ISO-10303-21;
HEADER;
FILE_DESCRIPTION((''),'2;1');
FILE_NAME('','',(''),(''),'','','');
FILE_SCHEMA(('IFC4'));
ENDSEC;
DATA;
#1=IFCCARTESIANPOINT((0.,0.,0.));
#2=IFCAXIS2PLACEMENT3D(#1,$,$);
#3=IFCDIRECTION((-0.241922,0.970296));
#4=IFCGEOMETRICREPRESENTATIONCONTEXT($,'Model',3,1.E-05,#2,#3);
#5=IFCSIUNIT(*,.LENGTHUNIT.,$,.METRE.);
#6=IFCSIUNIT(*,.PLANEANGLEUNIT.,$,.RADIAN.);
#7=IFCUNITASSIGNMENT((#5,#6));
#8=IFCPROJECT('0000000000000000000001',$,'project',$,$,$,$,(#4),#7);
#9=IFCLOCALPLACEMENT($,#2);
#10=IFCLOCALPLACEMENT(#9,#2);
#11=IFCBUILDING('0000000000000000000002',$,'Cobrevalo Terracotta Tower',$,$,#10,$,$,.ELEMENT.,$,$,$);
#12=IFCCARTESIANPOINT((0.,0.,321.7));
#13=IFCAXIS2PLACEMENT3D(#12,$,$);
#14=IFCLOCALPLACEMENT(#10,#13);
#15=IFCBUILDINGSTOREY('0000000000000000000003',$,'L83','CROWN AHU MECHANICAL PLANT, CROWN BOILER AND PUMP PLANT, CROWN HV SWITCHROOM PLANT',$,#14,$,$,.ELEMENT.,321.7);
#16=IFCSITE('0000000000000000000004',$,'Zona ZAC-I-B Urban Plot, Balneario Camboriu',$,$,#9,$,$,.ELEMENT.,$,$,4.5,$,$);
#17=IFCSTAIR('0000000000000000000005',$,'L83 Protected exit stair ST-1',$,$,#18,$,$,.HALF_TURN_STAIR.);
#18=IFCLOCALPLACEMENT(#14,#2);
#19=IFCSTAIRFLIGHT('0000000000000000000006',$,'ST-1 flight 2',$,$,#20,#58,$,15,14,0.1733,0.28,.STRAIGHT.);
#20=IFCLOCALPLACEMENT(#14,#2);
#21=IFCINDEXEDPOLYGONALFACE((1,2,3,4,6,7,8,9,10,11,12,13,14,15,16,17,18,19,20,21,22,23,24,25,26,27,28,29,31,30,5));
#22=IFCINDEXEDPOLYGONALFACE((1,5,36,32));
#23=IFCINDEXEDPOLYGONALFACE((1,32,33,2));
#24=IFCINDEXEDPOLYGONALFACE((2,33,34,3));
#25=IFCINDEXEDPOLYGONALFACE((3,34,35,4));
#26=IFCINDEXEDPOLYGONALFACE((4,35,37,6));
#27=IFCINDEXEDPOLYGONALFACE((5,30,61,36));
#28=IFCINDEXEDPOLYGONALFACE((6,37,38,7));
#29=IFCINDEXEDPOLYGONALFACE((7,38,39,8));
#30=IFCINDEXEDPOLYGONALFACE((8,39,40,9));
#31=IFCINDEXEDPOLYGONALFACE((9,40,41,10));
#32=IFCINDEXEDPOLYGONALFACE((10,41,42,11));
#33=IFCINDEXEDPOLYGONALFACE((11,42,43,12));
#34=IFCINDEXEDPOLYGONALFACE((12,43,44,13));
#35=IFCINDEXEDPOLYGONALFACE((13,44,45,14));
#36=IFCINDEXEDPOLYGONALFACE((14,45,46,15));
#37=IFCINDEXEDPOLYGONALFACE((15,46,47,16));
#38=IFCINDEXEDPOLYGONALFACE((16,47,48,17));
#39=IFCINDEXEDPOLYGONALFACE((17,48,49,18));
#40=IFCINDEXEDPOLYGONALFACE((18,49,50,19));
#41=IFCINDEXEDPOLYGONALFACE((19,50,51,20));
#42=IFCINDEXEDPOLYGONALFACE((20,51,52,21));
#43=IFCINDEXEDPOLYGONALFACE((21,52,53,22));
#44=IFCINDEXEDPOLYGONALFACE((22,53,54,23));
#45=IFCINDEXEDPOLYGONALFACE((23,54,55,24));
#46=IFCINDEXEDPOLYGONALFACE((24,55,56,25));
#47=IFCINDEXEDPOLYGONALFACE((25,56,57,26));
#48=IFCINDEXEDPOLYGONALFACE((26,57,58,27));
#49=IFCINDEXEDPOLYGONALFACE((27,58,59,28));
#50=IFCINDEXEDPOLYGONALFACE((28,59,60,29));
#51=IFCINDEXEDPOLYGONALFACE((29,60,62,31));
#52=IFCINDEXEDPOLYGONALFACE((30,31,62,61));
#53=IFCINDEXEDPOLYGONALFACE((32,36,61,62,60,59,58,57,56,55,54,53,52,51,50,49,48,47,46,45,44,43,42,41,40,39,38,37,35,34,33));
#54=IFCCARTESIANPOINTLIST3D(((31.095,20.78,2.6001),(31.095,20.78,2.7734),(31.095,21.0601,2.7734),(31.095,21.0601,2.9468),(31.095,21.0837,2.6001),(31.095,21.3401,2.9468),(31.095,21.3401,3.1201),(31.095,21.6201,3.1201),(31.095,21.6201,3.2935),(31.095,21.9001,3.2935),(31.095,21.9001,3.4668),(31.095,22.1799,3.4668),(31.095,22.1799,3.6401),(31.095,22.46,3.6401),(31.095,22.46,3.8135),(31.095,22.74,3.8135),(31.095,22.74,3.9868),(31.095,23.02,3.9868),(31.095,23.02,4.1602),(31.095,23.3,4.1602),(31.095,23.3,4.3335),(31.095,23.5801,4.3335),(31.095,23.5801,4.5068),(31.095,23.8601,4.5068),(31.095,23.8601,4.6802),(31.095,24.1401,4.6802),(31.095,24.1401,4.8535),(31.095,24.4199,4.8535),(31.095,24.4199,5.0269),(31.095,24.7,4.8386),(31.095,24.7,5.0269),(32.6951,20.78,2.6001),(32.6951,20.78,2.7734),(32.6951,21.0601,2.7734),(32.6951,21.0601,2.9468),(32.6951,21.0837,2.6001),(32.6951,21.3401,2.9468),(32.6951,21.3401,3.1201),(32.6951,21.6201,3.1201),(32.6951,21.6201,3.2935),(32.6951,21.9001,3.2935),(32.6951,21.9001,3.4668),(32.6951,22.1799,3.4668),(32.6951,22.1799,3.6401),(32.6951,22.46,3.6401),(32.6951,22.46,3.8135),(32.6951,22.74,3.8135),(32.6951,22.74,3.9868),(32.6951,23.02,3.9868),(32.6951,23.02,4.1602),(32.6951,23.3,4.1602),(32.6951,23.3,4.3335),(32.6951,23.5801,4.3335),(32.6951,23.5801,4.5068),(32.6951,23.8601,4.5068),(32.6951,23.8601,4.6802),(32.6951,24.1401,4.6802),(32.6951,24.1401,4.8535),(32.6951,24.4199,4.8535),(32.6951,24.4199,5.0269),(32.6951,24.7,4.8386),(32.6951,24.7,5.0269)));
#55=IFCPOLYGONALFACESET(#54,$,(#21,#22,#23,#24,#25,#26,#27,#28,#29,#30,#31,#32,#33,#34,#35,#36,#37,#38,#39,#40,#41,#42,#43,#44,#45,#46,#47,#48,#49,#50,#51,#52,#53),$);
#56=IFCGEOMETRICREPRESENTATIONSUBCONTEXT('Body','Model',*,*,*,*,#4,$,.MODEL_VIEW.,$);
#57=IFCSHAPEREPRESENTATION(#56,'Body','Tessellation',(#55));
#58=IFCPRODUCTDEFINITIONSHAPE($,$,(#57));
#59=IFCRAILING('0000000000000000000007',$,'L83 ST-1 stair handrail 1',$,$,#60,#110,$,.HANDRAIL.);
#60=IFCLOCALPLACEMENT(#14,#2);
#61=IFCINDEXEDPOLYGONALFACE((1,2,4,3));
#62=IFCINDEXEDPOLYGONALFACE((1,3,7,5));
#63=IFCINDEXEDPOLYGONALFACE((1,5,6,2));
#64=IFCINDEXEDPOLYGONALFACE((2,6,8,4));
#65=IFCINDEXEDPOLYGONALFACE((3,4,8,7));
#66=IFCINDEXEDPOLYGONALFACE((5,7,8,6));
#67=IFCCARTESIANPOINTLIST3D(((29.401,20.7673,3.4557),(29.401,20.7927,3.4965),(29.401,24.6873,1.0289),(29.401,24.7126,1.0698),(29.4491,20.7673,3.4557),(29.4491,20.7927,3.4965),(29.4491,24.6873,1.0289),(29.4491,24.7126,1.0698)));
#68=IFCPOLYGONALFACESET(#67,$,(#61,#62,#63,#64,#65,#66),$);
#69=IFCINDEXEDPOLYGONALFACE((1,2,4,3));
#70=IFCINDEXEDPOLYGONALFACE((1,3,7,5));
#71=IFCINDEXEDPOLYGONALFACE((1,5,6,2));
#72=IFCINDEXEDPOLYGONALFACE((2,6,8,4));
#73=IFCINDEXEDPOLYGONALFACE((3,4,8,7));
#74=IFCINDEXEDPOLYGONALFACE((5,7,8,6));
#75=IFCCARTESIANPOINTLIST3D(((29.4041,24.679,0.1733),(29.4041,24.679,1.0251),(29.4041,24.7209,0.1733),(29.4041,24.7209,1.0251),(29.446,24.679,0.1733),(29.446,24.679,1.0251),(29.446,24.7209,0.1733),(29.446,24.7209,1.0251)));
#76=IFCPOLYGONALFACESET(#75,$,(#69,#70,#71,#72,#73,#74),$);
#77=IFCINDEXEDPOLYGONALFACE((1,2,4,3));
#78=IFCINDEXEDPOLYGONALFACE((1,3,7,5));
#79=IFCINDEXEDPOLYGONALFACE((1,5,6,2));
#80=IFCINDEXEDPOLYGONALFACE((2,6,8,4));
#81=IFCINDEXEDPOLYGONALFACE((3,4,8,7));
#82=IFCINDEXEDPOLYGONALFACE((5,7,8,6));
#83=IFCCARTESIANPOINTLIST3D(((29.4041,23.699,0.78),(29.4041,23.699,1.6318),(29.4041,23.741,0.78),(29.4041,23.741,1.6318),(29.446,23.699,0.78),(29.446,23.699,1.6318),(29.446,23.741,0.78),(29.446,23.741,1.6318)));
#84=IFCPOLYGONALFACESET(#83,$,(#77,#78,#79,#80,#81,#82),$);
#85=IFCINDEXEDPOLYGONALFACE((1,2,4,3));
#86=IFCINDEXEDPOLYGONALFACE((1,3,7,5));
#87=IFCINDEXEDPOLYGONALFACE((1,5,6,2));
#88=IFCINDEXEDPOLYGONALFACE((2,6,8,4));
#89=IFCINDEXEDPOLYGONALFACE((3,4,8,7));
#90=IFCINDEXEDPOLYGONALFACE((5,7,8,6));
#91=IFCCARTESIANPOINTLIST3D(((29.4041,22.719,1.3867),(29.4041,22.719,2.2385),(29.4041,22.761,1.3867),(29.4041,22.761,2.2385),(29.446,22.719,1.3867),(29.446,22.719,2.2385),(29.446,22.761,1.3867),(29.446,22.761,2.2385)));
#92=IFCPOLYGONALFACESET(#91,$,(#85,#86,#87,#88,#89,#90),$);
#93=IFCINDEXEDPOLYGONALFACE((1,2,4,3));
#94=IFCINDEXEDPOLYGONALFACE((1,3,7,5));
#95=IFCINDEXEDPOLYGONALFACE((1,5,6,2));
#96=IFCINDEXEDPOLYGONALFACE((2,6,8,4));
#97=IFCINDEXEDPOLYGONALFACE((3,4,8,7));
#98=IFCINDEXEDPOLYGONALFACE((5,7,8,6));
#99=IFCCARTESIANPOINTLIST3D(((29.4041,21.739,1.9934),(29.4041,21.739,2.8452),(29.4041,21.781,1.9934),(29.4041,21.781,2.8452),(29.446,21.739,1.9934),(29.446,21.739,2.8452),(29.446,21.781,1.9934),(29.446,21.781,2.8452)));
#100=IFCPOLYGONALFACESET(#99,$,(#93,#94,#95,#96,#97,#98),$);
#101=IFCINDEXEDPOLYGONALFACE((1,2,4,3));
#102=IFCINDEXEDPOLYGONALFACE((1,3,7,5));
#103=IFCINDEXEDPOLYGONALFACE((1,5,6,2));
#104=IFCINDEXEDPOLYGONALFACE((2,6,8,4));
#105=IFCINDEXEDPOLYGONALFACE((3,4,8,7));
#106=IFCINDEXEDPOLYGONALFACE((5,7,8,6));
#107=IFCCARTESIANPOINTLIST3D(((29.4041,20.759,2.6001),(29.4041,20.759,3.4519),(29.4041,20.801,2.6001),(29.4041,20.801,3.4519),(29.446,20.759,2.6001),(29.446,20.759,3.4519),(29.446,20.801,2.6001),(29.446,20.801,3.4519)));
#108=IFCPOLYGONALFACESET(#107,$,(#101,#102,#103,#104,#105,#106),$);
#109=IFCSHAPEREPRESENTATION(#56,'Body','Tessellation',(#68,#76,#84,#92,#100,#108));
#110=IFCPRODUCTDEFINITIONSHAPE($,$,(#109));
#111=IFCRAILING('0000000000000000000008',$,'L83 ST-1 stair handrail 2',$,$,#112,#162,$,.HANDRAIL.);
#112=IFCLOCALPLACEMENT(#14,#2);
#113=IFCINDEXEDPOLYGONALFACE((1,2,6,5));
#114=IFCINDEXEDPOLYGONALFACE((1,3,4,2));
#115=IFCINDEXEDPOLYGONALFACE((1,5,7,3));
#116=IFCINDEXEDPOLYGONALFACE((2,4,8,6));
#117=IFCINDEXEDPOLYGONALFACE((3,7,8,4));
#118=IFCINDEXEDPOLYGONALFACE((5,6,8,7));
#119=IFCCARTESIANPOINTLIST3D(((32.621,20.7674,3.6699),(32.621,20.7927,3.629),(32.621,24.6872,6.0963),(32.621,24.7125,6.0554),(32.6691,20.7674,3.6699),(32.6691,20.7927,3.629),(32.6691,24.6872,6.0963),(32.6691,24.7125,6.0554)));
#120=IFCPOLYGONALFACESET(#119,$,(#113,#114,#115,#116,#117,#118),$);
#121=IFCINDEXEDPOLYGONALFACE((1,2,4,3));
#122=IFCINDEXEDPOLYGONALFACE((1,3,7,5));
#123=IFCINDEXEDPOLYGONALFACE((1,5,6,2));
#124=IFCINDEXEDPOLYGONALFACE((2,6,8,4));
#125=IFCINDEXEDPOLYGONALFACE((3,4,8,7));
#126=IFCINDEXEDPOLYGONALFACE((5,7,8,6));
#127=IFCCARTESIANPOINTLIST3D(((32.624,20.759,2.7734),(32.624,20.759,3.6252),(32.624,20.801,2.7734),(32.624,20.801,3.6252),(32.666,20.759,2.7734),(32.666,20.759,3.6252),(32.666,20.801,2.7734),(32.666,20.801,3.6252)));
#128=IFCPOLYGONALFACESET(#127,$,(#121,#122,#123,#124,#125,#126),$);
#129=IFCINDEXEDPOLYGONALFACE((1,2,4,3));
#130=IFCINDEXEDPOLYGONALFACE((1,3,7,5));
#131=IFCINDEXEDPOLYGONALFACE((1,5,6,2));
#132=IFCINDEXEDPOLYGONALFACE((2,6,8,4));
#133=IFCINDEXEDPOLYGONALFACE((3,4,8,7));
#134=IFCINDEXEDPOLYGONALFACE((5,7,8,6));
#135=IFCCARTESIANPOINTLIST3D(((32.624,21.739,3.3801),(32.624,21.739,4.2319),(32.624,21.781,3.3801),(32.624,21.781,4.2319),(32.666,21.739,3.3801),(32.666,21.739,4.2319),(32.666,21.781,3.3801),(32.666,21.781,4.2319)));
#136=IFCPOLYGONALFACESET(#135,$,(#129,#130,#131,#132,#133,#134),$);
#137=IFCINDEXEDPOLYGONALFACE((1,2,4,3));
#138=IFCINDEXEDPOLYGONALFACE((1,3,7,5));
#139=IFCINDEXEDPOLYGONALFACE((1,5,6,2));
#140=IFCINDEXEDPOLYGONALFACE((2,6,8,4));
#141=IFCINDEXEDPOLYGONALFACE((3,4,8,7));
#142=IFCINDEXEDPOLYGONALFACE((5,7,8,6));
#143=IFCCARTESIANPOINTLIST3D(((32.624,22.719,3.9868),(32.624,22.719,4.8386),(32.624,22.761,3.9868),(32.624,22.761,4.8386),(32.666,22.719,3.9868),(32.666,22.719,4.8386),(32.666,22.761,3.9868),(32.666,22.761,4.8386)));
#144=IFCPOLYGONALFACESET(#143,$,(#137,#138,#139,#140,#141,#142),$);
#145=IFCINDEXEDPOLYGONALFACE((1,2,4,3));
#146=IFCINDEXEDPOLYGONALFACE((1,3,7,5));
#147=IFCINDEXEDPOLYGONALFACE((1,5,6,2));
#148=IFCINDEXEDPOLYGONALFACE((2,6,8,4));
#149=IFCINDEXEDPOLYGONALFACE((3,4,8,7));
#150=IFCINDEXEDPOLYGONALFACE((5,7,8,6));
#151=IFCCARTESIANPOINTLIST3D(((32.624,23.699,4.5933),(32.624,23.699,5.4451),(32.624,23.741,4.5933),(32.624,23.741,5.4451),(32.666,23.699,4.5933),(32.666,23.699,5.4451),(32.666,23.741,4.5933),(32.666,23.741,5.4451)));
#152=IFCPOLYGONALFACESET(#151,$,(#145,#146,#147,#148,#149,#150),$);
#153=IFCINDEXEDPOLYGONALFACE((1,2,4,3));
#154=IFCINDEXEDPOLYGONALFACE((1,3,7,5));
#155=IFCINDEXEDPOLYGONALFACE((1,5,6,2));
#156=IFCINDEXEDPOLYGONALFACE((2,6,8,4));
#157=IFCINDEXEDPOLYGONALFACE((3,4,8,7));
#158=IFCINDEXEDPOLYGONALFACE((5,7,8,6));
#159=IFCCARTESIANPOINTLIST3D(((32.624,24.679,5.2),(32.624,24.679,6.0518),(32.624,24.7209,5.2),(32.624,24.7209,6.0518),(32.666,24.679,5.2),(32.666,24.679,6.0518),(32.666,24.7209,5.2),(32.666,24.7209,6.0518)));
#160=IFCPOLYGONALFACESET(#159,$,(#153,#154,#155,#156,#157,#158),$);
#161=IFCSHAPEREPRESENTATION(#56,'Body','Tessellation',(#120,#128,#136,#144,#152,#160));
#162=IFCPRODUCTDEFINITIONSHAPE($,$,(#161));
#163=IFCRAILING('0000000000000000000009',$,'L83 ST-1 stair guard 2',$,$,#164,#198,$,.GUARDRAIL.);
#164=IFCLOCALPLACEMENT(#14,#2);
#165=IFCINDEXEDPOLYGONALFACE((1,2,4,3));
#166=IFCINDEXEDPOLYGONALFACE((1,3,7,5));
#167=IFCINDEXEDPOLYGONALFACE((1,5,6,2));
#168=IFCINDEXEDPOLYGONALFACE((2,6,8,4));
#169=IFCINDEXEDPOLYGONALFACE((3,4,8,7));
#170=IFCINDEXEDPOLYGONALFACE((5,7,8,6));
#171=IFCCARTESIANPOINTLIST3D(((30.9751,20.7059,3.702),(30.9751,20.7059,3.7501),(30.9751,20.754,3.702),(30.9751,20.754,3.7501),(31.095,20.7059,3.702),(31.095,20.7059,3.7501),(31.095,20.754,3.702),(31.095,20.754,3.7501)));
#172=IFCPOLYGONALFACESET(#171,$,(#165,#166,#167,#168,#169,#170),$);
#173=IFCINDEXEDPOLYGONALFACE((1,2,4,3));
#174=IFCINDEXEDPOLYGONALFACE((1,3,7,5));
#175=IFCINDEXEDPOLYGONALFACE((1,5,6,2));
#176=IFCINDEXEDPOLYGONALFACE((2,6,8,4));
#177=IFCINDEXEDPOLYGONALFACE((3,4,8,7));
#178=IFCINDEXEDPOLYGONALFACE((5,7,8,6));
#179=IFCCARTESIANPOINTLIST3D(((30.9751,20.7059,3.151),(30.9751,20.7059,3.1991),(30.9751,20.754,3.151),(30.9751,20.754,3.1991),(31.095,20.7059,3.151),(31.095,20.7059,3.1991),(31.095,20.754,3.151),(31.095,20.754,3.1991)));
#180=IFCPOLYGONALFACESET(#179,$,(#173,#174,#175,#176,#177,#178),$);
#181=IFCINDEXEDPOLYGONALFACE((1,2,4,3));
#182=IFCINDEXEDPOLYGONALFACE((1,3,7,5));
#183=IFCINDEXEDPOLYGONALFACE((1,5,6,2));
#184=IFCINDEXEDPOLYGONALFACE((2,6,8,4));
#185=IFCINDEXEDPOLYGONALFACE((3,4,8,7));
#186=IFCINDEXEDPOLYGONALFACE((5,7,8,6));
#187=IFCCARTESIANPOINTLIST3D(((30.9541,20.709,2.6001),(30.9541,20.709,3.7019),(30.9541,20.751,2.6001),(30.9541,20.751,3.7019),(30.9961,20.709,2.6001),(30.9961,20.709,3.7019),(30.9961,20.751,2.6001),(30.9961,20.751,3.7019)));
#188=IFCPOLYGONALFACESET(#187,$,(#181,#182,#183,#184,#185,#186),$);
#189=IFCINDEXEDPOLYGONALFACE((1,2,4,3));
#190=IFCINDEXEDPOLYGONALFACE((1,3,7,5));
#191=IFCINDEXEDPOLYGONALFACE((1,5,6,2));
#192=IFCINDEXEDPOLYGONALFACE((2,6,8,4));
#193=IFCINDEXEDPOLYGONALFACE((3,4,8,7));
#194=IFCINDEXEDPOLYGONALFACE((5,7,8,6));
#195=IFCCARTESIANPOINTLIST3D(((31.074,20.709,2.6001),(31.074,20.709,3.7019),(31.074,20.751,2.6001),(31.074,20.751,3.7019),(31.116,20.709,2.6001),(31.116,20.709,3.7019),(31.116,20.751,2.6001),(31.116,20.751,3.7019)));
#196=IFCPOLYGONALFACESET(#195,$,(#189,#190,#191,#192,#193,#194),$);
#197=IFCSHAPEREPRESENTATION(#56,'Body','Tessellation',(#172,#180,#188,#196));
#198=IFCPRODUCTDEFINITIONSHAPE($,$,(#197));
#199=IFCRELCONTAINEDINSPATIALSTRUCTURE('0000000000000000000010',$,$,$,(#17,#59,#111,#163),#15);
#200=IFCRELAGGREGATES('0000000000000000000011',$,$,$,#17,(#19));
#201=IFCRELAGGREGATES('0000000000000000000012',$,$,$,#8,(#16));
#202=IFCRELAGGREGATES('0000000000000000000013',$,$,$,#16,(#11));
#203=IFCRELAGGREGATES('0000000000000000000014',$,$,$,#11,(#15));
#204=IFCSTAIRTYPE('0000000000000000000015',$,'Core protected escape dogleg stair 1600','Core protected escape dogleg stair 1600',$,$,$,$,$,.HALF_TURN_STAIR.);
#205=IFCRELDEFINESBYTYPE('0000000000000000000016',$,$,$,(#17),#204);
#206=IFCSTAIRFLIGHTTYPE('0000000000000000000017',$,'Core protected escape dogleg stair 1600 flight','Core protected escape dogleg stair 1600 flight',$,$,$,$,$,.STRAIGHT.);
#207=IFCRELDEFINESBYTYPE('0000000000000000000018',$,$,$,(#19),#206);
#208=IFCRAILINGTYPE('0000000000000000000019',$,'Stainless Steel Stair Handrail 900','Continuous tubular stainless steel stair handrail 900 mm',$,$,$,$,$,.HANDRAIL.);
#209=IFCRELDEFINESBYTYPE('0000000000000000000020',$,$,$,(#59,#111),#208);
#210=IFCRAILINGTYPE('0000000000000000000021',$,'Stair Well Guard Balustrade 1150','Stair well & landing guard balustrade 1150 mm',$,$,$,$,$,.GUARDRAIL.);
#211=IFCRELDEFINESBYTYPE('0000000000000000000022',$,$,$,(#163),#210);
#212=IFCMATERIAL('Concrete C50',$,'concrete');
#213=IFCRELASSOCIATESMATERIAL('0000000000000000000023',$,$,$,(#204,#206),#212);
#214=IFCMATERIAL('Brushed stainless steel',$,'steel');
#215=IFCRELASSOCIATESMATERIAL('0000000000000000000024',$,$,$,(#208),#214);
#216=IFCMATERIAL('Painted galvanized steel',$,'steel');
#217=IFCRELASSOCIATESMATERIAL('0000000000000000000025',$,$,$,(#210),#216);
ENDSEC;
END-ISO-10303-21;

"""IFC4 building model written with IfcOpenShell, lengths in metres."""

from ifc_helpers import new_model, si_unit, direction, frame, origin, origin_2d, place, context, subcontext, project, spatial, polyline, rectangle, outline, extrude, material, type_object, element, aggregate, save


model = new_model("IFC4")

# Units and contexts
model_context = context("Model", 3, precision=1e-05, world=origin(), true_north=direction((-0.241922, 0.970296)))
body_context = subcontext(model_context, "Body", "Model", "MODEL_VIEW")
ifc_project = project(units=[si_unit("LENGTHUNIT", "METRE"), si_unit("PLANEANGLEUNIT", "RADIAN")], contexts=[model_context])

# Site, building, storey
site_placement = place(None, origin())
site = spatial("IfcSite", under=ifc_project, at=site_placement, Name="Zona ZAC-I-B Urban Plot, Balneario Camboriu", CompositionType="ELEMENT", RefElevation=4.5)
building_placement = place(site_placement, origin())
building = spatial("IfcBuilding", under=site, at=building_placement, Name="Cobrevalo Terracotta Tower", CompositionType="ELEMENT")
storey_placement = place(building_placement, frame((0.0, 0.0, 321.7)))
storey = spatial("IfcBuildingStorey", under=building, at=storey_placement, Name="L83", Description="CROWN AHU MECHANICAL PLANT, CROWN BOILER AND PUMP PLANT, CROWN HV SWITCHROOM PLANT", CompositionType="ELEMENT", Elevation=321.7)

# Shared definitions
ifc_material_1 = material(Name="Concrete C50", Category="concrete")

# Stair, stair flight
stair_type = type_object("IfcStairType", Name="Core protected escape dogleg stair 1600", Description="Core protected escape dogleg stair 1600", PredefinedType="HALF_TURN_STAIR", material=ifc_material_1)
stair_placement = place(storey_placement, origin())
stair = element("IfcStair", 1, at=stair_placement, inside=storey, type_object=stair_type, Name="L83 Protected exit stair ST-1", PredefinedType="HALF_TURN_STAIR")
stair_flight_type = type_object("IfcStairFlightType", Name="Core protected escape dogleg stair 1600 flight", Description="Core protected escape dogleg stair 1600 flight", PredefinedType="STRAIGHT", material=ifc_material_1)
stair_flight_1_placement = place(storey_placement, frame((31.895, 20.78, 2.6001), z_axis=(0.0, 0.0, 1.0), x_axis=(0.0, 1.0, 0.0)))
stair_flight_1 = element("IfcStairFlight", 2, at=stair_flight_1_placement, type_object=stair_flight_type, Name="ST-1 flight 2", NumberOfRisers=15, NumberOfTreads=14, PredefinedType="STRAIGHT", RiserHeight=0.1733, TreadLength=0.28, context=body_context, shape_type="SweptSolid", body=[
    extrude(outline(polyline([(0.0, 0.0), (0.0, 0.1733), (0.28, 0.1733), (0.28, 0.3467), (0.5601, 0.3467), (0.5601, 0.52), (0.8401, 0.52), (0.8401, 0.6934), (1.1201, 0.6934), (1.1201, 0.8667), (1.3999, 0.8667), (1.3999, 1.04), (1.6799, 1.04), (1.6799, 1.2134), (1.96, 1.2134), (1.96, 1.3867), (2.24, 1.3867), (2.24, 1.5601), (2.52, 1.5601), (2.52, 1.7334), (2.8, 1.7334), (2.8, 1.9067), (3.0801, 1.9067), (3.0801, 2.0801), (3.3601, 2.0801), (3.3601, 2.2534), (3.6399, 2.2534), (3.6399, 2.4268), (3.9199, 2.4268), (3.9199, 2.6001), (3.9199, 2.2385), (0.3037, 0.0), (0.0, 0.0)])), frame((0.0, 0.8, 0.0), z_axis=(0.0, -1.0, 0.0), x_axis=(1.0, 0.0, 0.0)), (0.0, 0.0, 1.0), 1.6001),
])
aggregate(stair, [stair_flight_1])

# Railings
ifc_material_2 = material(Name="Brushed stainless steel", Category="steel")
railing_type_1 = type_object("IfcRailingType", Name="Stainless Steel Stair Handrail 900", Description="Continuous tubular stainless steel stair handrail 900 mm", PredefinedType="HANDRAIL", material=ifc_material_2)
railing_1_placement = place(storey_placement, frame((29.425, 24.7, 0.1733)))
element("IfcRailing", 3, at=railing_1_placement, inside=storey, type_object=railing_type_1, Name="L83 ST-1 stair handrail 1", PredefinedType="HANDRAIL", context=body_context, shape_type="SweptSolid", body=[
    extrude(rectangle(XDim=0.0481, YDim=0.0481, at=origin_2d()), frame((0.0, 0.0, 0.876), z_axis=(0.0, -0.850252, 0.526376), x_axis=(1.0, 0.0, 0.0)), (0.0, 0.0, 1.0), 4.6104),
    extrude(rectangle(XDim=0.042, YDim=0.042, at=origin_2d()), origin(), (0.0, 0.0, 1.0), 0.8518),
    extrude(rectangle(XDim=0.042, YDim=0.042, at=origin_2d()), frame((0.0, -0.98, 0.6067)), (0.0, 0.0, 1.0), 0.8518),
    extrude(rectangle(XDim=0.042, YDim=0.042, at=origin_2d()), frame((0.0, -1.96, 1.2134)), (0.0, 0.0, 1.0), 0.8518),
    extrude(rectangle(XDim=0.042, YDim=0.042, at=origin_2d()), frame((0.0, -2.9399, 1.8201)), (0.0, 0.0, 1.0), 0.8518),
    extrude(rectangle(XDim=0.042, YDim=0.042, at=origin_2d()), frame((0.0, -3.9199, 2.4268)), (0.0, 0.0, 1.0), 0.8518),
])
railing_2_placement = place(storey_placement, frame((32.645, 20.78, 2.7734)))
element("IfcRailing", 4, at=railing_2_placement, inside=storey, type_object=railing_type_1, Name="L83 ST-1 stair handrail 2", PredefinedType="HANDRAIL", context=body_context, shape_type="SweptSolid", body=[
    extrude(rectangle(XDim=0.0481, YDim=0.0481, at=origin_2d()), frame((0.0, 0.0, 0.876), z_axis=(0.0, 0.850275, 0.526338), x_axis=(-1.0, 0.0, 0.0)), (0.0, 0.0, 1.0), 4.6101),
    extrude(rectangle(XDim=0.042, YDim=0.042, at=origin_2d()), origin(), (0.0, 0.0, 1.0), 0.8518),
    extrude(rectangle(XDim=0.042, YDim=0.042, at=origin_2d()), frame((0.0, 0.98, 0.6067)), (0.0, 0.0, 1.0), 0.8518),
    extrude(rectangle(XDim=0.042, YDim=0.042, at=origin_2d()), frame((0.0, 1.96, 1.2134)), (0.0, 0.0, 1.0), 0.8518),
    extrude(rectangle(XDim=0.042, YDim=0.042, at=origin_2d()), frame((0.0, 2.9399, 1.8198)), (0.0, 0.0, 1.0), 0.8518),
    extrude(rectangle(XDim=0.042, YDim=0.042, at=origin_2d()), frame((0.0, 3.9199, 2.4265)), (0.0, 0.0, 1.0), 0.8518),
])
ifc_material_3 = material(Name="Painted galvanized steel", Category="steel")
railing_type_2 = type_object("IfcRailingType", Name="Stair Well Guard Balustrade 1150", Description="Stair well & landing guard balustrade 1150 mm", PredefinedType="GUARDRAIL", material=ifc_material_3)
railing_3_placement = place(storey_placement, frame((30.9751, 20.73, 2.6001)))
element("IfcRailing", 5, at=railing_3_placement, inside=storey, type_object=railing_type_2, Name="L83 ST-1 stair guard 2", PredefinedType="GUARDRAIL", context=body_context, shape_type="SweptSolid", body=[
    extrude(rectangle(XDim=0.0481, YDim=0.0481, at=origin_2d()), frame((0.0, 0.0, 1.126), z_axis=(1.0, 0.0, 0.0), x_axis=(0.0, 1.0, 0.0)), (0.0, 0.0, 1.0), 0.1199),
    extrude(rectangle(XDim=0.0481, YDim=0.0481, at=origin_2d()), frame((0.0, 0.0, 0.575), z_axis=(1.0, 0.0, 0.0), x_axis=(0.0, 1.0, 0.0)), (0.0, 0.0, 1.0), 0.1199),
    extrude(rectangle(XDim=0.042, YDim=0.042, at=origin_2d()), origin(), (0.0, 0.0, 1.0), 1.1018),
    extrude(rectangle(XDim=0.042, YDim=0.042, at=origin_2d()), frame((0.1199, 0.0, 0.0)), (0.0, 0.0, 1.0), 1.1018),
])

save(model, "model.ifc")
